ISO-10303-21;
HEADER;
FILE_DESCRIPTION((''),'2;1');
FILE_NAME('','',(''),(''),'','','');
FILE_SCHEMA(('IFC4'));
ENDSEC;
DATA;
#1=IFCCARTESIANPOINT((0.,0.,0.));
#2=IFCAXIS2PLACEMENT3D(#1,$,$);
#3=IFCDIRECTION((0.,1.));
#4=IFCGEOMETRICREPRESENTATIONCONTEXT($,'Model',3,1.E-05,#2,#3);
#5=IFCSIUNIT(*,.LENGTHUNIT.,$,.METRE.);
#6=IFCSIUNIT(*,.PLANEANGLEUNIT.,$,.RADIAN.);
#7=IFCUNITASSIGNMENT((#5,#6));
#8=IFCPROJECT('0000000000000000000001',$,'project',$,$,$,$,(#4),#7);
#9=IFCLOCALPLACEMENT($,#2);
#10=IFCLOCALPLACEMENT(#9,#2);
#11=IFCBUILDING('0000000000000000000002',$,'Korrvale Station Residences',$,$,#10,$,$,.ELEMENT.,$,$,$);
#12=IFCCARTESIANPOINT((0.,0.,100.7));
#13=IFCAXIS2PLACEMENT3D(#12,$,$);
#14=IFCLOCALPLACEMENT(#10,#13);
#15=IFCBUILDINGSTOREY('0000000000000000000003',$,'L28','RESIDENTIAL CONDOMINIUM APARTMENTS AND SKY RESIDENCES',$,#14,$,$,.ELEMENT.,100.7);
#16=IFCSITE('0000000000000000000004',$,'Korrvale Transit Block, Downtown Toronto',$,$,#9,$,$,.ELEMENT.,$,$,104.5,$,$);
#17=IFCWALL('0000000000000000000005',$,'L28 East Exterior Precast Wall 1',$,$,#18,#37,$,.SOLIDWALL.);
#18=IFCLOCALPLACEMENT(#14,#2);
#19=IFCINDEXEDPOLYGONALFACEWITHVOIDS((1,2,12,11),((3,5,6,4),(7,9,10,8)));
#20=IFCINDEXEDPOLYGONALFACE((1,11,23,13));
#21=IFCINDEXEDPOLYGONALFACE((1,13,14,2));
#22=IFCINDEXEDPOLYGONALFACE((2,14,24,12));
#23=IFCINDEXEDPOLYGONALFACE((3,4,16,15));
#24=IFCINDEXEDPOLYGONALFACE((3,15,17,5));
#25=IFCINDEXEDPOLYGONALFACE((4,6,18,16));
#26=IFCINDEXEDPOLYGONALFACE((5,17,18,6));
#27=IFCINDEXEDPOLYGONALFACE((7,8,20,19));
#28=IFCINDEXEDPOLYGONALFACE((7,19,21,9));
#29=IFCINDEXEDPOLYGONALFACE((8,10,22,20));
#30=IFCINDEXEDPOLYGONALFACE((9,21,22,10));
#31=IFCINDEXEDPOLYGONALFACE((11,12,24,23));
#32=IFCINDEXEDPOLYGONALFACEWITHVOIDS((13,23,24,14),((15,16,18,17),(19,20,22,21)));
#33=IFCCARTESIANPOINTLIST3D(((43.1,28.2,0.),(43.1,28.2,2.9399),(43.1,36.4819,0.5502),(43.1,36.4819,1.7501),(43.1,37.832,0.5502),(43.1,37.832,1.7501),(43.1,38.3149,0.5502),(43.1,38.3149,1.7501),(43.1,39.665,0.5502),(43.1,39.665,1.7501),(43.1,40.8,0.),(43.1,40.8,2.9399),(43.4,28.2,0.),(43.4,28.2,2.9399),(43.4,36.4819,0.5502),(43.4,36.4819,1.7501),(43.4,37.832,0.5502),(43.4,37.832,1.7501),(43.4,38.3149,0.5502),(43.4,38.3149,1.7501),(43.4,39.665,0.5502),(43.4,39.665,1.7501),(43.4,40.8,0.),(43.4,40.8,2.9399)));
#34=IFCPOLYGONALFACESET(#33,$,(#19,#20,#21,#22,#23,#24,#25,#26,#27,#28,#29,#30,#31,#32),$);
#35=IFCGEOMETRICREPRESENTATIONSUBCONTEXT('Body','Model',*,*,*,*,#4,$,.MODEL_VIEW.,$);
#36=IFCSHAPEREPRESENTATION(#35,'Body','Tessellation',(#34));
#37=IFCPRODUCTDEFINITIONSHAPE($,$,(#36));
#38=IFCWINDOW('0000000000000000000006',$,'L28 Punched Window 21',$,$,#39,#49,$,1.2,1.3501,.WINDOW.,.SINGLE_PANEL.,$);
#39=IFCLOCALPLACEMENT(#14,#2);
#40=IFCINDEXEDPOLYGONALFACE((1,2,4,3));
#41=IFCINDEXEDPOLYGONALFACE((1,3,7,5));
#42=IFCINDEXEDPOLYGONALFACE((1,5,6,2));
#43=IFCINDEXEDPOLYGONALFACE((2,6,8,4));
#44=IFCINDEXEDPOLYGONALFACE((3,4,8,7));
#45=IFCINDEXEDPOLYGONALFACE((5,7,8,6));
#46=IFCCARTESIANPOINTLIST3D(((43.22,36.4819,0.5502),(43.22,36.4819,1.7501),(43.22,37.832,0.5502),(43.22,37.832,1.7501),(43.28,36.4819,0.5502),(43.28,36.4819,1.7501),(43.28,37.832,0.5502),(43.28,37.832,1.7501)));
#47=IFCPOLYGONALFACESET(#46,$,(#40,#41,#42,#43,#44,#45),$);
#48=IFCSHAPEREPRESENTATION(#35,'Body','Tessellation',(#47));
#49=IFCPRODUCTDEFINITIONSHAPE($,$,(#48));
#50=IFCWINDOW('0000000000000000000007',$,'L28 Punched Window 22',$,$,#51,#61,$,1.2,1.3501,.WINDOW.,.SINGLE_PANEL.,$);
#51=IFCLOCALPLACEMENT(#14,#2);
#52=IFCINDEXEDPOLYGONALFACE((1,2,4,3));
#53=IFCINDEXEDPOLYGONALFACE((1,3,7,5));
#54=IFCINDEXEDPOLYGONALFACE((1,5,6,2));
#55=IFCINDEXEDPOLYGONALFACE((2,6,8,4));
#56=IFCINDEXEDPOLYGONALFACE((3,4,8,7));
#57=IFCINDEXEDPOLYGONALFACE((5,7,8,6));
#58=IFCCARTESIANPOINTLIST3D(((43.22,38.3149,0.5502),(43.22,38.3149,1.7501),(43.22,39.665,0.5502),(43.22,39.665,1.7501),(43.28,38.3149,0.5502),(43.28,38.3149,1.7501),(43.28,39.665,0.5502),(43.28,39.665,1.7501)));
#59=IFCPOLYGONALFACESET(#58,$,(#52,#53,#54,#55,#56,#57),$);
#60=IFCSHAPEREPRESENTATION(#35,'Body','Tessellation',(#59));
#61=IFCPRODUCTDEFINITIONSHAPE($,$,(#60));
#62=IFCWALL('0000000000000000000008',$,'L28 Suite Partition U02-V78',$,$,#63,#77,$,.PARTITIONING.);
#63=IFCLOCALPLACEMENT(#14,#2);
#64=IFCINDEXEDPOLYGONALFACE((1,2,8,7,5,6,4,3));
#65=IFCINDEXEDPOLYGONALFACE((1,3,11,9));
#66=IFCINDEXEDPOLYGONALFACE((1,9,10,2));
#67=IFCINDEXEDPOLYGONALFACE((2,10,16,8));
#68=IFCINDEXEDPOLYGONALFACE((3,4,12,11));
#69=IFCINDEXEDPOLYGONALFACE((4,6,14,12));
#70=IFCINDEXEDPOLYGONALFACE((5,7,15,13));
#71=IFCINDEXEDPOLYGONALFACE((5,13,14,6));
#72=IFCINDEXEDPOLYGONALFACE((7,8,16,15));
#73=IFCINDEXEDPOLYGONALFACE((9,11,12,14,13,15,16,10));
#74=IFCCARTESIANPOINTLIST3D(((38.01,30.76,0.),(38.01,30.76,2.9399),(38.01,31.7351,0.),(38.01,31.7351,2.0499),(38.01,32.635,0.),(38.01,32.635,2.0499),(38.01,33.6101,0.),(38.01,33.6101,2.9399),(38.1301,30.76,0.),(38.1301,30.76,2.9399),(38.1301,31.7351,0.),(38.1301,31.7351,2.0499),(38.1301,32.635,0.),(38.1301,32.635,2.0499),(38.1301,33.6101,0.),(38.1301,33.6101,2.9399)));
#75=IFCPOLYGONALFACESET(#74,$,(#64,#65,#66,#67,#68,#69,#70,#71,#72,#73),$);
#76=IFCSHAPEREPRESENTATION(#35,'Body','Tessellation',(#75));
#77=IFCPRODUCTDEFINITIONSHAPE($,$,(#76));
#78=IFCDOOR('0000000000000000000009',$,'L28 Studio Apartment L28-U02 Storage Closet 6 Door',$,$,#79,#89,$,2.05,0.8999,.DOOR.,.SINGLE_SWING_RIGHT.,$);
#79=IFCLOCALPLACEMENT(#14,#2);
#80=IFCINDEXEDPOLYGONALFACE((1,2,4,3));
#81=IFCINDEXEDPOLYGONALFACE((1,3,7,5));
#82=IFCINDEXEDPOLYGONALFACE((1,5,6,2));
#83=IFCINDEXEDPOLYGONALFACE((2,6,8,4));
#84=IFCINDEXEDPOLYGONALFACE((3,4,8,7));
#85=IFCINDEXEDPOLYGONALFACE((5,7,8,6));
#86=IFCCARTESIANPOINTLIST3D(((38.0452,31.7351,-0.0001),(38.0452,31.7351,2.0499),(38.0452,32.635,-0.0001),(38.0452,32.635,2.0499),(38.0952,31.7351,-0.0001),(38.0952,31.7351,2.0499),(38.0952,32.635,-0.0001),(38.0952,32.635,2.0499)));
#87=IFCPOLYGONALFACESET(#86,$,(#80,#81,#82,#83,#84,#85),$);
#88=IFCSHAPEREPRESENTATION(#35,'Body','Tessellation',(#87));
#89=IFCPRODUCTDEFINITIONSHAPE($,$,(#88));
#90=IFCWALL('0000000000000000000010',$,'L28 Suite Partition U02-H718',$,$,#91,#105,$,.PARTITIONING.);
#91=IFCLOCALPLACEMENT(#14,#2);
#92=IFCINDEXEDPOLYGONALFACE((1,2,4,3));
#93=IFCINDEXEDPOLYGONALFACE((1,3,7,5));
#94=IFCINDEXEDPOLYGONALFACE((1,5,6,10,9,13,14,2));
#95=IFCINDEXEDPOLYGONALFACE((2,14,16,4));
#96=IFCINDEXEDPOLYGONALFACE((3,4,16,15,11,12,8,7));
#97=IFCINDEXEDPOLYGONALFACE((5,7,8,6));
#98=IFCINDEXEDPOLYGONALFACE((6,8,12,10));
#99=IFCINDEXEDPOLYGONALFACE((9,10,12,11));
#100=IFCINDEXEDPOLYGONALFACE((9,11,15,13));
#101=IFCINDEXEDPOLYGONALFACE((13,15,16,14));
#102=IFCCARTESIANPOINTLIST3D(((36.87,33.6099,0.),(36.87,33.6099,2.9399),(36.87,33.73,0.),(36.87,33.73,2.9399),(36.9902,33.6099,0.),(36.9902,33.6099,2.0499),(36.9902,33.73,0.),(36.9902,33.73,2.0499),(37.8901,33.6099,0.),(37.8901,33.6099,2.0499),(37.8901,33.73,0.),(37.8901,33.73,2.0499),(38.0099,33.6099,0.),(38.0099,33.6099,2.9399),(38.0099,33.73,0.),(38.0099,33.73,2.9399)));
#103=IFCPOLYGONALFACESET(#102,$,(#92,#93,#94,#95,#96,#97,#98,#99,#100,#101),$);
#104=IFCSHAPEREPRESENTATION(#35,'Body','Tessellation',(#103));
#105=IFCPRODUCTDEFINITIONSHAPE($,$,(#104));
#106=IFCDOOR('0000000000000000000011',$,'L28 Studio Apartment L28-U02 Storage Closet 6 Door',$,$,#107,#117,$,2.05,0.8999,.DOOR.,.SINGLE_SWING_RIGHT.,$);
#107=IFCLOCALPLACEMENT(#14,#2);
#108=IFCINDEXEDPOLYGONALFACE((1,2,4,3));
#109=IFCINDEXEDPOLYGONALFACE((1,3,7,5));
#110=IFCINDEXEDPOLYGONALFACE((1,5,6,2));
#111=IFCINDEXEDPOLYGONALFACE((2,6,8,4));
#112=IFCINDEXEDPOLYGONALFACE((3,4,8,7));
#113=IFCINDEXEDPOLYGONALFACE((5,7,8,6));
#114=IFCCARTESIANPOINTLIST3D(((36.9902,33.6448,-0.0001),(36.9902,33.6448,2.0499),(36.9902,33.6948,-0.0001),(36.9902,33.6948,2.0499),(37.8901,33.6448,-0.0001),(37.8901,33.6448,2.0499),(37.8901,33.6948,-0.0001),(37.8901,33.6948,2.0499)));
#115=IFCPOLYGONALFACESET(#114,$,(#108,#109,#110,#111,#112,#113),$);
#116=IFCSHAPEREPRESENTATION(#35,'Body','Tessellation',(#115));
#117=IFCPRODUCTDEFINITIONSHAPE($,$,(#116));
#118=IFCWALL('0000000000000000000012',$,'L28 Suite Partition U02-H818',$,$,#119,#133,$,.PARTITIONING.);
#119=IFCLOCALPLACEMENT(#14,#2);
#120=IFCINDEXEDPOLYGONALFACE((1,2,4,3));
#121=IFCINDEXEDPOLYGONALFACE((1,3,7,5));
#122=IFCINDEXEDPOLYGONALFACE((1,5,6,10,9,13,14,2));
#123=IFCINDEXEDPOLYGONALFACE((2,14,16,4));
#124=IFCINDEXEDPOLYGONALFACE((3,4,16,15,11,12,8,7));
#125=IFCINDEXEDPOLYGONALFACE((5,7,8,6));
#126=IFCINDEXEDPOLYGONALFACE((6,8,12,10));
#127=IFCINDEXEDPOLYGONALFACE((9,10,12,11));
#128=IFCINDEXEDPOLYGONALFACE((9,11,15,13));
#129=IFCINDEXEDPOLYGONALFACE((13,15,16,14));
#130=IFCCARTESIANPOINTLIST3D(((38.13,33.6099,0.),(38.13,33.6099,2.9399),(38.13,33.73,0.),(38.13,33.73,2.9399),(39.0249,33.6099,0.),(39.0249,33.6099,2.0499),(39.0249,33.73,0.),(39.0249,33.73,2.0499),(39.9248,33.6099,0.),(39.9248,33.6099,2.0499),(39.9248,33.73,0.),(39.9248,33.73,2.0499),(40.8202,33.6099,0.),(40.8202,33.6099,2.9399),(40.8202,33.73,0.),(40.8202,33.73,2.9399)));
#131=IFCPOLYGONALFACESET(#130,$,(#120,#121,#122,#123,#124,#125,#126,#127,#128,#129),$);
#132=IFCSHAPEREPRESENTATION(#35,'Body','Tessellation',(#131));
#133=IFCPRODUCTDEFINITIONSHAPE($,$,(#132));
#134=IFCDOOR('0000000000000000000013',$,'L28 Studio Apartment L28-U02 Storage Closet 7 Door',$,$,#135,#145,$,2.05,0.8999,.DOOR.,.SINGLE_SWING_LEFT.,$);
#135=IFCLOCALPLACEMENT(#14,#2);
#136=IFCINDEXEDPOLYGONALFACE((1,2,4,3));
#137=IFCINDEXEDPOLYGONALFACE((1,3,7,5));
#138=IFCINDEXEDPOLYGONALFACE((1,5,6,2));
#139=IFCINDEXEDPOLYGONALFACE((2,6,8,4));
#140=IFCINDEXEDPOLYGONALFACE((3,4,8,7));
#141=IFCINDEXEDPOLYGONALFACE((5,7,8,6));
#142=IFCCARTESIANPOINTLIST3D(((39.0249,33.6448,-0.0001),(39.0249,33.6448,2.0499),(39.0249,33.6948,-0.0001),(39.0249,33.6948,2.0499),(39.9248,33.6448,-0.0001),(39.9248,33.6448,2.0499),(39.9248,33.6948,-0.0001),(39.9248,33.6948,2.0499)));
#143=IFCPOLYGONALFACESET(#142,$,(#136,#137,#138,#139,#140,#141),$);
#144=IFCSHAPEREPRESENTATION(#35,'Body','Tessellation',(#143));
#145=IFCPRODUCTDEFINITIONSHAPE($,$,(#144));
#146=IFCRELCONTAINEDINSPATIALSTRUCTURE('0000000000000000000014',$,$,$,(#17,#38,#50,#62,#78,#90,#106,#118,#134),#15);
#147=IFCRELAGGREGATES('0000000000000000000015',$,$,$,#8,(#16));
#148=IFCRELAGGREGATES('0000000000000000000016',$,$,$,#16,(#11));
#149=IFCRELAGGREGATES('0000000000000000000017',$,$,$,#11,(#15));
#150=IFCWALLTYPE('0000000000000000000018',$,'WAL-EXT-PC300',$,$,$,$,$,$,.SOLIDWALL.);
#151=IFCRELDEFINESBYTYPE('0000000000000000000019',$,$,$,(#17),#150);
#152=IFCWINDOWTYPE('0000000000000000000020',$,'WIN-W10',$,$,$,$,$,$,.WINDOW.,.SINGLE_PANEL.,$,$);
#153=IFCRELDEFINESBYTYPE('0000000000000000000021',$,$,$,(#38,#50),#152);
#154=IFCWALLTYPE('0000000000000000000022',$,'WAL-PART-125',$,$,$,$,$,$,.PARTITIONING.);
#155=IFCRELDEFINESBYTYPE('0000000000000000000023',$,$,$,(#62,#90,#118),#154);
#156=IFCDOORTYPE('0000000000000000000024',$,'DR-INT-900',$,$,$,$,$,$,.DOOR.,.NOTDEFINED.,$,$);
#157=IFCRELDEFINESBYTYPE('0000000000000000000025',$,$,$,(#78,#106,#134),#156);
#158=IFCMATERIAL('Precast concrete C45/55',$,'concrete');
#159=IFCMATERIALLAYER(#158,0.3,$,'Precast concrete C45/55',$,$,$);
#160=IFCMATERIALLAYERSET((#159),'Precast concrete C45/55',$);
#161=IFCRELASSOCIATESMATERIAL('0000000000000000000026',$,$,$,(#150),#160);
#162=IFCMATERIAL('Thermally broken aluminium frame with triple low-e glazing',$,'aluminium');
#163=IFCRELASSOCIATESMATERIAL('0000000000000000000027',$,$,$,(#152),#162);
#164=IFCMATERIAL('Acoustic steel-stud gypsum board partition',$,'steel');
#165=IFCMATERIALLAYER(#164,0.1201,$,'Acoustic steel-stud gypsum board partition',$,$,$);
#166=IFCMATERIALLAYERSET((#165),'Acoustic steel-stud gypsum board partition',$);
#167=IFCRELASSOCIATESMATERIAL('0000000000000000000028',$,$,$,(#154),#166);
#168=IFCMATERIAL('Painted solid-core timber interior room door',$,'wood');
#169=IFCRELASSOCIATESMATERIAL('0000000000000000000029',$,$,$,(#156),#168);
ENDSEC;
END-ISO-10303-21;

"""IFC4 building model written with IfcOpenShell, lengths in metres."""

from ifc_helpers import new_model, si_unit, direction, frame, frame_2d, origin, place, context, subcontext, project, spatial, rectangle, extrude, material, layer, layer_set, type_object, element, fill, save


model = new_model("IFC4")

# Units and contexts
model_context = context("Model", 3, precision=1e-05, world=origin(), true_north=direction((0.0, 1.0)))
body_context = subcontext(model_context, "Body", "Model", "MODEL_VIEW")
ifc_project = project(units=[si_unit("LENGTHUNIT", "METRE"), si_unit("PLANEANGLEUNIT", "RADIAN")], contexts=[model_context])

# Site, building, storey
site_placement = place(None, origin())
site = spatial("IfcSite", under=ifc_project, at=site_placement, Name="Korrvale Transit Block, Downtown Toronto", CompositionType="ELEMENT", RefElevation=104.5)
building_placement = place(site_placement, origin())
building = spatial("IfcBuilding", under=site, at=building_placement, Name="Korrvale Station Residences", CompositionType="ELEMENT")
storey_placement = place(building_placement, frame((0.0, 0.0, 100.7)))
storey = spatial("IfcBuildingStorey", under=building, at=storey_placement, Name="L28", Description="RESIDENTIAL CONDOMINIUM APARTMENTS AND SKY RESIDENCES", CompositionType="ELEMENT", Elevation=100.7)

# Shared definitions
ifc_material_1 = material(Name="Precast concrete C45/55", Category="concrete")
ifc_layer_1 = layer(ifc_material_1, 0.3, Name="Precast concrete C45/55")
ifc_layer_set_1 = layer_set([ifc_layer_1], Name="Precast concrete C45/55")
wall_type_1 = type_object("IfcWallType", Name="WAL-EXT-PC300", PredefinedType="SOLIDWALL", material=ifc_layer_set_1)

# Wall, openings, windows
wall_1_placement = place(storey_placement, frame((43.25, 40.8, 0.0), z_axis=(0.0, 0.0, 1.0), x_axis=(0.0, -1.0, 0.0)))
wall_1 = element("IfcWall", 1, at=wall_1_placement, inside=storey, type_object=wall_type_1, Name="L28 East Exterior Precast Wall 1", PredefinedType="SOLIDWALL", context=body_context, shape_type="SweptSolid", body=[
    extrude(rectangle(XDim=12.6001, YDim=0.3, at=frame_2d((6.3, 0.0))), origin(), (0.0, 0.0, 1.0), 2.9399),
])
opening_1_placement = place(wall_1_placement, frame((2.968, 0.0, 0.55)))
opening_1 = element("IfcOpeningElement", 2, at=opening_1_placement, cuts=wall_1, PredefinedType="OPENING", context=body_context, shape_type="SweptSolid", body=[
    extrude(rectangle(XDim=1.3501, YDim=1.2, at=frame_2d((0.675, 0.6001))), frame((0.0, 0.1602, 0.0), z_axis=(0.0, -1.0, 0.0), x_axis=(1.0, 0.0, 0.0)), (0.0, 0.0, 1.0), 0.3201),
])
opening_2_placement = place(wall_1_placement, frame((1.135, 0.0, 0.55)))
opening_2 = element("IfcOpeningElement", 3, at=opening_2_placement, cuts=wall_1, PredefinedType="OPENING", context=body_context, shape_type="SweptSolid", body=[
    extrude(rectangle(XDim=1.3501, YDim=1.2, at=frame_2d((0.675, 0.6001))), frame((0.0, 0.1602, 0.0), z_axis=(0.0, -1.0, 0.0), x_axis=(1.0, 0.0, 0.0)), (0.0, 0.0, 1.0), 0.3201),
])
ifc_material_2 = material(Name="Thermally broken aluminium frame with triple low-e glazing", Category="aluminium")
window_type = type_object("IfcWindowType", Name="WIN-W10", PartitioningType="SINGLE_PANEL", PredefinedType="WINDOW", material=ifc_material_2)
window_1_placement = place(opening_1_placement, origin())
window_1 = element("IfcWindow", 4, at=window_1_placement, inside=storey, type_object=window_type, Name="L28 Punched Window 21", OverallHeight=1.2, OverallWidth=1.3501, PartitioningType="SINGLE_PANEL", PredefinedType="WINDOW", context=body_context, shape_type="SweptSolid", body=[
    extrude(rectangle(XDim=1.3501, YDim=1.2, at=frame_2d((0.675, 0.6001))), frame((0.0, 0.03, 0.0), z_axis=(0.0, -1.0, 0.0), x_axis=(1.0, 0.0, 0.0)), (0.0, 0.0, 1.0), 0.0601),
])
fill(opening_1, window_1)
window_2_placement = place(opening_2_placement, origin())
window_2 = element("IfcWindow", 5, at=window_2_placement, inside=storey, type_object=window_type, Name="L28 Punched Window 22", OverallHeight=1.2, OverallWidth=1.3501, PartitioningType="SINGLE_PANEL", PredefinedType="WINDOW", context=body_context, shape_type="SweptSolid", body=[
    extrude(rectangle(XDim=1.3501, YDim=1.2, at=frame_2d((0.675, 0.6001))), frame((0.0, 0.03, 0.0), z_axis=(0.0, -1.0, 0.0), x_axis=(1.0, 0.0, 0.0)), (0.0, 0.0, 1.0), 0.0601),
])
fill(opening_2, window_2)

# Walls, openings, doors
ifc_material_3 = material(Name="Acoustic steel-stud gypsum board partition", Category="steel")
ifc_layer_2 = layer(ifc_material_3, 0.1201, Name="Acoustic steel-stud gypsum board partition")
ifc_layer_set_2 = layer_set([ifc_layer_2], Name="Acoustic steel-stud gypsum board partition")
wall_type_2 = type_object("IfcWallType", Name="WAL-PART-125", PredefinedType="PARTITIONING", material=ifc_layer_set_2)
wall_2_placement = place(storey_placement, frame((38.0701, 30.76, 0.0), z_axis=(0.0, 0.0, 1.0), x_axis=(0.0, 1.0, 0.0)))
wall_2 = element("IfcWall", 6, at=wall_2_placement, inside=storey, type_object=wall_type_2, Name="L28 Suite Partition U02-V78", PredefinedType="PARTITIONING", context=body_context, shape_type="SweptSolid", body=[
    extrude(rectangle(XDim=2.8501, YDim=0.1201, at=frame_2d((1.425, 0.0))), origin(), (0.0, 0.0, 1.0), 2.9399),
])
opening_3_placement = place(wall_2_placement, frame((0.9751, 0.0, 0.0)))
opening_3 = element("IfcOpeningElement", 7, at=opening_3_placement, cuts=wall_2, PredefinedType="OPENING", context=body_context, shape_type="SweptSolid", body=[
    extrude(rectangle(XDim=0.8999, YDim=2.05, at=frame_2d((0.45, 1.0249))), frame((0.0, 0.0701, 0.0), z_axis=(0.0, -1.0, 0.0), x_axis=(1.0, 0.0, 0.0)), (0.0, 0.0, 1.0), 0.1401),
])
ifc_material_4 = material(Name="Painted solid-core timber interior room door", Category="wood")
door_type = type_object("IfcDoorType", Name="DR-INT-900", OperationType="NOTDEFINED", PredefinedType="DOOR", material=ifc_material_4)
door_1_placement = place(opening_3_placement, origin())
door_1 = element("IfcDoor", 8, at=door_1_placement, inside=storey, type_object=door_type, Name="L28 Studio Apartment L28-U02 Storage Closet 6 Door", OperationType="SINGLE_SWING_RIGHT", OverallHeight=2.05, OverallWidth=0.8999, PredefinedType="DOOR", context=body_context, shape_type="SweptSolid", body=[
    extrude(rectangle(XDim=0.8999, YDim=2.05, at=frame_2d((0.45, 1.0249))), frame((0.0, 0.0249, 0.0), z_axis=(0.0, -1.0, 0.0), x_axis=(1.0, 0.0, 0.0)), (0.0, 0.0, 1.0), 0.05),
])
fill(opening_3, door_1)
wall_3_placement = place(storey_placement, frame((36.8701, 33.6699, 0.0), z_axis=(0.0, 0.0, 1.0), x_axis=(1.0, 0.0, 0.0)))
wall_3 = element("IfcWall", 9, at=wall_3_placement, inside=storey, type_object=wall_type_2, Name="L28 Suite Partition U02-H718", PredefinedType="PARTITIONING", context=body_context, shape_type="SweptSolid", body=[
    extrude(rectangle(XDim=1.1399, YDim=0.1201, at=frame_2d((0.5698, 0.0))), origin(), (0.0, 0.0, 1.0), 2.9399),
])
opening_4_placement = place(wall_3_placement, frame((0.1201, 0.0, 0.0)))
opening_4 = element("IfcOpeningElement", 10, at=opening_4_placement, cuts=wall_3, PredefinedType="OPENING", context=body_context, shape_type="SweptSolid", body=[
    extrude(rectangle(XDim=0.8999, YDim=2.05, at=frame_2d((0.45, 1.0249))), frame((0.0, 0.0701, 0.0), z_axis=(0.0, -1.0, 0.0), x_axis=(1.0, 0.0, 0.0)), (0.0, 0.0, 1.0), 0.1401),
])
door_2_placement = place(opening_4_placement, origin())
door_2 = element("IfcDoor", 11, at=door_2_placement, inside=storey, type_object=door_type, Name="L28 Studio Apartment L28-U02 Storage Closet 6 Door", OperationType="SINGLE_SWING_RIGHT", OverallHeight=2.05, OverallWidth=0.8999, PredefinedType="DOOR", context=body_context, shape_type="SweptSolid", body=[
    extrude(rectangle(XDim=0.8999, YDim=2.05, at=frame_2d((0.45, 1.0249))), frame((0.0, 0.0249, 0.0), z_axis=(0.0, -1.0, 0.0), x_axis=(1.0, 0.0, 0.0)), (0.0, 0.0, 1.0), 0.05),
])
fill(opening_4, door_2)
wall_4_placement = place(storey_placement, frame((38.1299, 33.6699, 0.0), z_axis=(0.0, 0.0, 1.0), x_axis=(1.0, 0.0, 0.0)))
wall_4 = element("IfcWall", 12, at=wall_4_placement, inside=storey, type_object=wall_type_2, Name="L28 Suite Partition U02-H818", PredefinedType="PARTITIONING", context=body_context, shape_type="SweptSolid", body=[
    extrude(rectangle(XDim=2.6902, YDim=0.1201, at=frame_2d((1.3452, 0.0))), origin(), (0.0, 0.0, 1.0), 2.9399),
])
opening_5_placement = place(wall_4_placement, frame((0.895, 0.0, 0.0)))
opening_5 = element("IfcOpeningElement", 13, at=opening_5_placement, cuts=wall_4, PredefinedType="OPENING", context=body_context, shape_type="SweptSolid", body=[
    extrude(rectangle(XDim=0.8999, YDim=2.05, at=frame_2d((0.45, 1.0249))), frame((0.0, 0.0701, 0.0), z_axis=(0.0, -1.0, 0.0), x_axis=(1.0, 0.0, 0.0)), (0.0, 0.0, 1.0), 0.1401),
])
door_3_placement = place(opening_5_placement, origin())
door_3 = element("IfcDoor", 14, at=door_3_placement, inside=storey, type_object=door_type, Name="L28 Studio Apartment L28-U02 Storage Closet 7 Door", OperationType="SINGLE_SWING_LEFT", OverallHeight=2.05, OverallWidth=0.8999, PredefinedType="DOOR", context=body_context, shape_type="SweptSolid", body=[
    extrude(rectangle(XDim=0.8999, YDim=2.05, at=frame_2d((0.45, 1.0249))), frame((0.0, 0.0249, 0.0), z_axis=(0.0, -1.0, 0.0), x_axis=(1.0, 0.0, 0.0)), (0.0, 0.0, 1.0), 0.05),
])
fill(opening_5, door_3)

save(model, "model.ifc")
